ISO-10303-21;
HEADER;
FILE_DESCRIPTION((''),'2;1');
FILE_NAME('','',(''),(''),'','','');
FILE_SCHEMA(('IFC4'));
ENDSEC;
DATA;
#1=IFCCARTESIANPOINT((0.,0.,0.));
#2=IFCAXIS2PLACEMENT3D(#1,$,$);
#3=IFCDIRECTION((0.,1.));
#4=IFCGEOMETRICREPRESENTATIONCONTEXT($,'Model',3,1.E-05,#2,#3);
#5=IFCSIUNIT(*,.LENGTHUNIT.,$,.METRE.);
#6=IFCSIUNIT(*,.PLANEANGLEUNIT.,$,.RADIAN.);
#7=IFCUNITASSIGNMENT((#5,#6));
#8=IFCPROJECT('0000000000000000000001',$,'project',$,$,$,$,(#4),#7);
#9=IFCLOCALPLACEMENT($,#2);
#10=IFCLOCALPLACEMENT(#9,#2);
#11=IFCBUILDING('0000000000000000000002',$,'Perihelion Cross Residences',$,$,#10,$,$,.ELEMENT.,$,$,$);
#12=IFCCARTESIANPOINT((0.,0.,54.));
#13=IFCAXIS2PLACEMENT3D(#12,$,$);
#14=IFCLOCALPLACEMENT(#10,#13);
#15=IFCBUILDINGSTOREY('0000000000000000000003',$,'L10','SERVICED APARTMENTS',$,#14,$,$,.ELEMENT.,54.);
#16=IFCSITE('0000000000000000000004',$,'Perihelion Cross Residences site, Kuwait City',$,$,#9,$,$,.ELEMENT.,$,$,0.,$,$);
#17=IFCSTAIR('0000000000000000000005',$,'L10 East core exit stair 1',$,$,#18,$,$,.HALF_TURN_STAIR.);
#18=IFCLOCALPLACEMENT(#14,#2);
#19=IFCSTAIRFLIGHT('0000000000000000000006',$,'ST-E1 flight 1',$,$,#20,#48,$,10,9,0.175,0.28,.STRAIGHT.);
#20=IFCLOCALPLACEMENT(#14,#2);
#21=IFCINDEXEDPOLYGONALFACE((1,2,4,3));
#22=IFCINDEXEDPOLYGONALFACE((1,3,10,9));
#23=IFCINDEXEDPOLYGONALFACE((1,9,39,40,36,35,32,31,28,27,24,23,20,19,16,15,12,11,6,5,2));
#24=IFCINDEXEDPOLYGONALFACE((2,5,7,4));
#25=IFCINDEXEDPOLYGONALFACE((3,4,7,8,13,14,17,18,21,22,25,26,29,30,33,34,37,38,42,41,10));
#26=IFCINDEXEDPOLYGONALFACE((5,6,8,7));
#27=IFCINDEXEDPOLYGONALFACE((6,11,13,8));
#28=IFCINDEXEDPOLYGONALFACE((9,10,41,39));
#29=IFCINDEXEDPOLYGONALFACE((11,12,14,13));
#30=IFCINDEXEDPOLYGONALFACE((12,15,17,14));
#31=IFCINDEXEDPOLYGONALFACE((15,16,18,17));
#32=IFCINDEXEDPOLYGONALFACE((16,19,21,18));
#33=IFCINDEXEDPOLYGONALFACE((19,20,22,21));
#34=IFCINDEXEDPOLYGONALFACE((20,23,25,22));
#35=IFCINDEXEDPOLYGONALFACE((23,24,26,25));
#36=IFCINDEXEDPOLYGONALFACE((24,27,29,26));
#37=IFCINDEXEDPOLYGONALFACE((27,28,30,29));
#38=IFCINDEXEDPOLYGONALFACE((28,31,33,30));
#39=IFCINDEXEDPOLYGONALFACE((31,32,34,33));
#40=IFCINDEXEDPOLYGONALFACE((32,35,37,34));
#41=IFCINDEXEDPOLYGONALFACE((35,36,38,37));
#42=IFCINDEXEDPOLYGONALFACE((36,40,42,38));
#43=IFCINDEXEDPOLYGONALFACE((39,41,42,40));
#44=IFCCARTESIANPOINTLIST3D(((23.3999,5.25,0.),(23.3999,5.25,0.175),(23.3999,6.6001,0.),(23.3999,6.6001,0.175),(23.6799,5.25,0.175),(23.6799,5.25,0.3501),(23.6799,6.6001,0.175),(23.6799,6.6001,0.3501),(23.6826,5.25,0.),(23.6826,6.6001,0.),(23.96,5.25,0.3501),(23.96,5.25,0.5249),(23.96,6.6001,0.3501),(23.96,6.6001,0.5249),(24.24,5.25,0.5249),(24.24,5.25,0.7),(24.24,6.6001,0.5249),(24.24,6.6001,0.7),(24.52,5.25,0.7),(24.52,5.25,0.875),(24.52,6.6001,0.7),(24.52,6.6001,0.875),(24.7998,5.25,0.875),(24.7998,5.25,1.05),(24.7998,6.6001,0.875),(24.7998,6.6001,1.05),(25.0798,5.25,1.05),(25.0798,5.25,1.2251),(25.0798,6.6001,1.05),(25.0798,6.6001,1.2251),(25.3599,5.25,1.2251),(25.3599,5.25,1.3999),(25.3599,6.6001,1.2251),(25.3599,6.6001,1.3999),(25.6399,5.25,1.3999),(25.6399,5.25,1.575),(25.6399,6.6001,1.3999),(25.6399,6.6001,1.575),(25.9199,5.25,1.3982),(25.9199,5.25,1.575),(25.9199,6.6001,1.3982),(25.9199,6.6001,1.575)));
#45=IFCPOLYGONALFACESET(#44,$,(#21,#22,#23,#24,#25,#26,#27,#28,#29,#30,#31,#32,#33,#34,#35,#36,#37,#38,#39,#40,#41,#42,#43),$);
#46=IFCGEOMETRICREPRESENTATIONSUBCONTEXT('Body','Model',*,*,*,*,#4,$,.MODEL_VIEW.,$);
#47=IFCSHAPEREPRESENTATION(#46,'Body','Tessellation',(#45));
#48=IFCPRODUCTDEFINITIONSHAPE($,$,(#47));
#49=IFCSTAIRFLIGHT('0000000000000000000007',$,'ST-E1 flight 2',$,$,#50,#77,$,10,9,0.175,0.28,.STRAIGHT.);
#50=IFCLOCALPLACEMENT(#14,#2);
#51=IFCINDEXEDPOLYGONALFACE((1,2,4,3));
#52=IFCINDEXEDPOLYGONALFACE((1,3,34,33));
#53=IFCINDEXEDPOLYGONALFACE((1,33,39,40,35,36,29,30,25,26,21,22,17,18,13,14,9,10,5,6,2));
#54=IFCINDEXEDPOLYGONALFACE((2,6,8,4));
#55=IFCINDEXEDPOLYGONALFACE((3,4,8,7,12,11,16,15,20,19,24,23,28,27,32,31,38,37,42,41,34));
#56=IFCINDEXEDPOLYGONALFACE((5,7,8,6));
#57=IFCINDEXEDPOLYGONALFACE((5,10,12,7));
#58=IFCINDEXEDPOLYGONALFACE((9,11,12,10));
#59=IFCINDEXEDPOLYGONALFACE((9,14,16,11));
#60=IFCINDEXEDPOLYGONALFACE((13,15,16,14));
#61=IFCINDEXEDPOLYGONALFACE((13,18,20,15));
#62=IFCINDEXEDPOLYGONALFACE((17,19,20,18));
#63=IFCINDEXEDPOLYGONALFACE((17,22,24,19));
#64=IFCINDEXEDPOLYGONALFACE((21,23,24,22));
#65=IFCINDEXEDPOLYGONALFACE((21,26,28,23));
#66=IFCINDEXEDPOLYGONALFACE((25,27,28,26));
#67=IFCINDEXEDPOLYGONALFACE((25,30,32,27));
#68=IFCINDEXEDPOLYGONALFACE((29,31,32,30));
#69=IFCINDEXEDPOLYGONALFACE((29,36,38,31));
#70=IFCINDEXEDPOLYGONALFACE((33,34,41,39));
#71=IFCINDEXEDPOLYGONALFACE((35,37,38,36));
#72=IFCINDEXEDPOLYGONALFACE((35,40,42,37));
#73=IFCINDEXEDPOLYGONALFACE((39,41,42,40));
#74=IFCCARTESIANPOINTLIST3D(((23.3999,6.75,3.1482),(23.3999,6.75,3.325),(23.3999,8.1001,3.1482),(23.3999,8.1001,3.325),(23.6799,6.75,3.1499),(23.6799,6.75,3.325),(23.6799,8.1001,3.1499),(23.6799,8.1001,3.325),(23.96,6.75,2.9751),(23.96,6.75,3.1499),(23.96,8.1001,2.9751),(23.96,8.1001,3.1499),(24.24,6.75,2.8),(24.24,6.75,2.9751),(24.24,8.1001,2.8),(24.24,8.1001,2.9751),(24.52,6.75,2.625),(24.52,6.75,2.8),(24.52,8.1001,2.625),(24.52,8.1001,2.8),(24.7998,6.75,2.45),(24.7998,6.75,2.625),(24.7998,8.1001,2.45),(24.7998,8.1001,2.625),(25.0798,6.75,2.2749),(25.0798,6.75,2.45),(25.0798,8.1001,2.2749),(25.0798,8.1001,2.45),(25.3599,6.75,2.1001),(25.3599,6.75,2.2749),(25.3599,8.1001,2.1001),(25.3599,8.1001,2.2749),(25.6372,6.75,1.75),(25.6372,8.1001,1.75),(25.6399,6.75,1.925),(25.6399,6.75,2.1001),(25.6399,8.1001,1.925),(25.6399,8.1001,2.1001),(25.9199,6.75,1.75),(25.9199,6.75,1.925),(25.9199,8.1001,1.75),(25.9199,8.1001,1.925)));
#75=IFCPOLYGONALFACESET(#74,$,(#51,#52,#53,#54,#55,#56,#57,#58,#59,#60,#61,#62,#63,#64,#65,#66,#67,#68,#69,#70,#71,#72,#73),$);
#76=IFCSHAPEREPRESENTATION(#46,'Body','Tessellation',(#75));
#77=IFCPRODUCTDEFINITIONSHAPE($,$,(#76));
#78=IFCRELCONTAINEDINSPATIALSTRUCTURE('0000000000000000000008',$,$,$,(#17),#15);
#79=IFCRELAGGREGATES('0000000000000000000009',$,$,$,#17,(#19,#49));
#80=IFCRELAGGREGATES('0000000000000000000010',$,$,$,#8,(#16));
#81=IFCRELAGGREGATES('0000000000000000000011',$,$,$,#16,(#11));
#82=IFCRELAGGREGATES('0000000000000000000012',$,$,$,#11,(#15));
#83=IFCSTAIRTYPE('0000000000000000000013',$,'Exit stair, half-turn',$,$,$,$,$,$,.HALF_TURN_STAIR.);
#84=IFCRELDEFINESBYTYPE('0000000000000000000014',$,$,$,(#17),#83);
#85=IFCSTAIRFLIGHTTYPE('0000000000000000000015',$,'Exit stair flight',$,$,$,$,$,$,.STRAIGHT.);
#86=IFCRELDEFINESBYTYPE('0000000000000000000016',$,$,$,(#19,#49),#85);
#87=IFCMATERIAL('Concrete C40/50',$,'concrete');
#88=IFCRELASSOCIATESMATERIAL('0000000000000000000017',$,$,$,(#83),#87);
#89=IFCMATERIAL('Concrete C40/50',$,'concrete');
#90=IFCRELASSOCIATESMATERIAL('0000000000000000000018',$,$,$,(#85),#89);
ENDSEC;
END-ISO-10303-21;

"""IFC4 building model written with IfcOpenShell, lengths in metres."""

from ifc_helpers import new_model, si_unit, direction, frame, origin, place, context, subcontext, project, spatial, polyline, outline, extrude, material, type_object, element, aggregate, save


model = new_model("IFC4")

# Units and contexts
model_context = context("Model", 3, precision=1e-05, world=origin(), true_north=direction((0.0, 1.0)))
body_context = subcontext(model_context, "Body", "Model", "MODEL_VIEW")
ifc_project = project(units=[si_unit("LENGTHUNIT", "METRE"), si_unit("PLANEANGLEUNIT", "RADIAN")], contexts=[model_context])

# Site, building, storey
site_placement = place(None, origin())
site = spatial("IfcSite", under=ifc_project, at=site_placement, Name="Perihelion Cross Residences site, Kuwait City", CompositionType="ELEMENT", RefElevation=0.0)
building_placement = place(site_placement, origin())
building = spatial("IfcBuilding", under=site, at=building_placement, Name="Perihelion Cross Residences", CompositionType="ELEMENT")
storey_placement = place(building_placement, frame((0.0, 0.0, 54.0)))
storey = spatial("IfcBuildingStorey", under=building, at=storey_placement, Name="L10", Description="SERVICED APARTMENTS", CompositionType="ELEMENT", Elevation=54.0)

# Stair, stair flights
ifc_material_1 = material(Name="Concrete C40/50", Category="concrete")
stair_type = type_object("IfcStairType", Name="Exit stair, half-turn", PredefinedType="HALF_TURN_STAIR", material=ifc_material_1)
stair_placement = place(storey_placement, origin())
stair = element("IfcStair", 1, at=stair_placement, inside=storey, type_object=stair_type, Name="L10 East core exit stair 1", PredefinedType="HALF_TURN_STAIR")
ifc_material_2 = material(Name="Concrete C40/50", Category="concrete")
stair_flight_type = type_object("IfcStairFlightType", Name="Exit stair flight", PredefinedType="STRAIGHT", material=ifc_material_2)
stair_flight_1_placement = place(storey_placement, frame((23.3999, 5.925, 0.0), z_axis=(0.0, 0.0, 1.0), x_axis=(1.0, 0.0, 0.0)))
stair_flight_1 = element("IfcStairFlight", 2, at=stair_flight_1_placement, type_object=stair_flight_type, Name="ST-E1 flight 1", NumberOfRisers=10, NumberOfTreads=9, PredefinedType="STRAIGHT", RiserHeight=0.175, TreadLength=0.28, context=body_context, shape_type="SweptSolid", body=[
    extrude(outline(polyline([(0.0, 0.0), (0.0, 0.175), (0.28, 0.175), (0.28, 0.3501), (0.5601, 0.3501), (0.5601, 0.5249), (0.8401, 0.5249), (0.8401, 0.7), (1.1201, 0.7), (1.1201, 0.875), (1.3999, 0.875), (1.3999, 1.05), (1.6799, 1.05), (1.6799, 1.2251), (1.96, 1.2251), (1.96, 1.3999), (2.24, 1.3999), (2.24, 1.575), (2.52, 1.575), (2.52, 1.75), (2.52, 1.3982), (0.2827, 0.0), (0.0, 0.0)])), frame((0.0, 0.675, 0.0), z_axis=(0.0, -1.0, 0.0), x_axis=(1.0, 0.0, 0.0)), (0.0, 0.0, 1.0), 1.3501),
])
stair_flight_2_placement = place(storey_placement, frame((25.9199, 7.425, 1.75), z_axis=(0.0, 0.0, 1.0), x_axis=(-1.0, 0.0, 0.0)))
stair_flight_2 = element("IfcStairFlight", 3, at=stair_flight_2_placement, type_object=stair_flight_type, Name="ST-E1 flight 2", NumberOfRisers=10, NumberOfTreads=9, PredefinedType="STRAIGHT", RiserHeight=0.175, TreadLength=0.28, context=body_context, shape_type="SweptSolid", body=[
    extrude(outline(polyline([(0.0, 0.0), (0.0, 0.175), (0.28, 0.175), (0.28, 0.3501), (0.5601, 0.3501), (0.5601, 0.5249), (0.8401, 0.5249), (0.8401, 0.7), (1.1201, 0.7), (1.1201, 0.875), (1.3999, 0.875), (1.3999, 1.05), (1.6799, 1.05), (1.6799, 1.2251), (1.96, 1.2251), (1.96, 1.3999), (2.24, 1.3999), (2.24, 1.575), (2.52, 1.575), (2.52, 1.75), (2.52, 1.3982), (0.2827, 0.0), (0.0, 0.0)])), frame((0.0, 0.675, 0.0), z_axis=(0.0, -1.0, 0.0), x_axis=(1.0, 0.0, 0.0)), (0.0, 0.0, 1.0), 1.3501),
])
aggregate(stair, [stair_flight_1, stair_flight_2])

save(model, "model.ifc")
